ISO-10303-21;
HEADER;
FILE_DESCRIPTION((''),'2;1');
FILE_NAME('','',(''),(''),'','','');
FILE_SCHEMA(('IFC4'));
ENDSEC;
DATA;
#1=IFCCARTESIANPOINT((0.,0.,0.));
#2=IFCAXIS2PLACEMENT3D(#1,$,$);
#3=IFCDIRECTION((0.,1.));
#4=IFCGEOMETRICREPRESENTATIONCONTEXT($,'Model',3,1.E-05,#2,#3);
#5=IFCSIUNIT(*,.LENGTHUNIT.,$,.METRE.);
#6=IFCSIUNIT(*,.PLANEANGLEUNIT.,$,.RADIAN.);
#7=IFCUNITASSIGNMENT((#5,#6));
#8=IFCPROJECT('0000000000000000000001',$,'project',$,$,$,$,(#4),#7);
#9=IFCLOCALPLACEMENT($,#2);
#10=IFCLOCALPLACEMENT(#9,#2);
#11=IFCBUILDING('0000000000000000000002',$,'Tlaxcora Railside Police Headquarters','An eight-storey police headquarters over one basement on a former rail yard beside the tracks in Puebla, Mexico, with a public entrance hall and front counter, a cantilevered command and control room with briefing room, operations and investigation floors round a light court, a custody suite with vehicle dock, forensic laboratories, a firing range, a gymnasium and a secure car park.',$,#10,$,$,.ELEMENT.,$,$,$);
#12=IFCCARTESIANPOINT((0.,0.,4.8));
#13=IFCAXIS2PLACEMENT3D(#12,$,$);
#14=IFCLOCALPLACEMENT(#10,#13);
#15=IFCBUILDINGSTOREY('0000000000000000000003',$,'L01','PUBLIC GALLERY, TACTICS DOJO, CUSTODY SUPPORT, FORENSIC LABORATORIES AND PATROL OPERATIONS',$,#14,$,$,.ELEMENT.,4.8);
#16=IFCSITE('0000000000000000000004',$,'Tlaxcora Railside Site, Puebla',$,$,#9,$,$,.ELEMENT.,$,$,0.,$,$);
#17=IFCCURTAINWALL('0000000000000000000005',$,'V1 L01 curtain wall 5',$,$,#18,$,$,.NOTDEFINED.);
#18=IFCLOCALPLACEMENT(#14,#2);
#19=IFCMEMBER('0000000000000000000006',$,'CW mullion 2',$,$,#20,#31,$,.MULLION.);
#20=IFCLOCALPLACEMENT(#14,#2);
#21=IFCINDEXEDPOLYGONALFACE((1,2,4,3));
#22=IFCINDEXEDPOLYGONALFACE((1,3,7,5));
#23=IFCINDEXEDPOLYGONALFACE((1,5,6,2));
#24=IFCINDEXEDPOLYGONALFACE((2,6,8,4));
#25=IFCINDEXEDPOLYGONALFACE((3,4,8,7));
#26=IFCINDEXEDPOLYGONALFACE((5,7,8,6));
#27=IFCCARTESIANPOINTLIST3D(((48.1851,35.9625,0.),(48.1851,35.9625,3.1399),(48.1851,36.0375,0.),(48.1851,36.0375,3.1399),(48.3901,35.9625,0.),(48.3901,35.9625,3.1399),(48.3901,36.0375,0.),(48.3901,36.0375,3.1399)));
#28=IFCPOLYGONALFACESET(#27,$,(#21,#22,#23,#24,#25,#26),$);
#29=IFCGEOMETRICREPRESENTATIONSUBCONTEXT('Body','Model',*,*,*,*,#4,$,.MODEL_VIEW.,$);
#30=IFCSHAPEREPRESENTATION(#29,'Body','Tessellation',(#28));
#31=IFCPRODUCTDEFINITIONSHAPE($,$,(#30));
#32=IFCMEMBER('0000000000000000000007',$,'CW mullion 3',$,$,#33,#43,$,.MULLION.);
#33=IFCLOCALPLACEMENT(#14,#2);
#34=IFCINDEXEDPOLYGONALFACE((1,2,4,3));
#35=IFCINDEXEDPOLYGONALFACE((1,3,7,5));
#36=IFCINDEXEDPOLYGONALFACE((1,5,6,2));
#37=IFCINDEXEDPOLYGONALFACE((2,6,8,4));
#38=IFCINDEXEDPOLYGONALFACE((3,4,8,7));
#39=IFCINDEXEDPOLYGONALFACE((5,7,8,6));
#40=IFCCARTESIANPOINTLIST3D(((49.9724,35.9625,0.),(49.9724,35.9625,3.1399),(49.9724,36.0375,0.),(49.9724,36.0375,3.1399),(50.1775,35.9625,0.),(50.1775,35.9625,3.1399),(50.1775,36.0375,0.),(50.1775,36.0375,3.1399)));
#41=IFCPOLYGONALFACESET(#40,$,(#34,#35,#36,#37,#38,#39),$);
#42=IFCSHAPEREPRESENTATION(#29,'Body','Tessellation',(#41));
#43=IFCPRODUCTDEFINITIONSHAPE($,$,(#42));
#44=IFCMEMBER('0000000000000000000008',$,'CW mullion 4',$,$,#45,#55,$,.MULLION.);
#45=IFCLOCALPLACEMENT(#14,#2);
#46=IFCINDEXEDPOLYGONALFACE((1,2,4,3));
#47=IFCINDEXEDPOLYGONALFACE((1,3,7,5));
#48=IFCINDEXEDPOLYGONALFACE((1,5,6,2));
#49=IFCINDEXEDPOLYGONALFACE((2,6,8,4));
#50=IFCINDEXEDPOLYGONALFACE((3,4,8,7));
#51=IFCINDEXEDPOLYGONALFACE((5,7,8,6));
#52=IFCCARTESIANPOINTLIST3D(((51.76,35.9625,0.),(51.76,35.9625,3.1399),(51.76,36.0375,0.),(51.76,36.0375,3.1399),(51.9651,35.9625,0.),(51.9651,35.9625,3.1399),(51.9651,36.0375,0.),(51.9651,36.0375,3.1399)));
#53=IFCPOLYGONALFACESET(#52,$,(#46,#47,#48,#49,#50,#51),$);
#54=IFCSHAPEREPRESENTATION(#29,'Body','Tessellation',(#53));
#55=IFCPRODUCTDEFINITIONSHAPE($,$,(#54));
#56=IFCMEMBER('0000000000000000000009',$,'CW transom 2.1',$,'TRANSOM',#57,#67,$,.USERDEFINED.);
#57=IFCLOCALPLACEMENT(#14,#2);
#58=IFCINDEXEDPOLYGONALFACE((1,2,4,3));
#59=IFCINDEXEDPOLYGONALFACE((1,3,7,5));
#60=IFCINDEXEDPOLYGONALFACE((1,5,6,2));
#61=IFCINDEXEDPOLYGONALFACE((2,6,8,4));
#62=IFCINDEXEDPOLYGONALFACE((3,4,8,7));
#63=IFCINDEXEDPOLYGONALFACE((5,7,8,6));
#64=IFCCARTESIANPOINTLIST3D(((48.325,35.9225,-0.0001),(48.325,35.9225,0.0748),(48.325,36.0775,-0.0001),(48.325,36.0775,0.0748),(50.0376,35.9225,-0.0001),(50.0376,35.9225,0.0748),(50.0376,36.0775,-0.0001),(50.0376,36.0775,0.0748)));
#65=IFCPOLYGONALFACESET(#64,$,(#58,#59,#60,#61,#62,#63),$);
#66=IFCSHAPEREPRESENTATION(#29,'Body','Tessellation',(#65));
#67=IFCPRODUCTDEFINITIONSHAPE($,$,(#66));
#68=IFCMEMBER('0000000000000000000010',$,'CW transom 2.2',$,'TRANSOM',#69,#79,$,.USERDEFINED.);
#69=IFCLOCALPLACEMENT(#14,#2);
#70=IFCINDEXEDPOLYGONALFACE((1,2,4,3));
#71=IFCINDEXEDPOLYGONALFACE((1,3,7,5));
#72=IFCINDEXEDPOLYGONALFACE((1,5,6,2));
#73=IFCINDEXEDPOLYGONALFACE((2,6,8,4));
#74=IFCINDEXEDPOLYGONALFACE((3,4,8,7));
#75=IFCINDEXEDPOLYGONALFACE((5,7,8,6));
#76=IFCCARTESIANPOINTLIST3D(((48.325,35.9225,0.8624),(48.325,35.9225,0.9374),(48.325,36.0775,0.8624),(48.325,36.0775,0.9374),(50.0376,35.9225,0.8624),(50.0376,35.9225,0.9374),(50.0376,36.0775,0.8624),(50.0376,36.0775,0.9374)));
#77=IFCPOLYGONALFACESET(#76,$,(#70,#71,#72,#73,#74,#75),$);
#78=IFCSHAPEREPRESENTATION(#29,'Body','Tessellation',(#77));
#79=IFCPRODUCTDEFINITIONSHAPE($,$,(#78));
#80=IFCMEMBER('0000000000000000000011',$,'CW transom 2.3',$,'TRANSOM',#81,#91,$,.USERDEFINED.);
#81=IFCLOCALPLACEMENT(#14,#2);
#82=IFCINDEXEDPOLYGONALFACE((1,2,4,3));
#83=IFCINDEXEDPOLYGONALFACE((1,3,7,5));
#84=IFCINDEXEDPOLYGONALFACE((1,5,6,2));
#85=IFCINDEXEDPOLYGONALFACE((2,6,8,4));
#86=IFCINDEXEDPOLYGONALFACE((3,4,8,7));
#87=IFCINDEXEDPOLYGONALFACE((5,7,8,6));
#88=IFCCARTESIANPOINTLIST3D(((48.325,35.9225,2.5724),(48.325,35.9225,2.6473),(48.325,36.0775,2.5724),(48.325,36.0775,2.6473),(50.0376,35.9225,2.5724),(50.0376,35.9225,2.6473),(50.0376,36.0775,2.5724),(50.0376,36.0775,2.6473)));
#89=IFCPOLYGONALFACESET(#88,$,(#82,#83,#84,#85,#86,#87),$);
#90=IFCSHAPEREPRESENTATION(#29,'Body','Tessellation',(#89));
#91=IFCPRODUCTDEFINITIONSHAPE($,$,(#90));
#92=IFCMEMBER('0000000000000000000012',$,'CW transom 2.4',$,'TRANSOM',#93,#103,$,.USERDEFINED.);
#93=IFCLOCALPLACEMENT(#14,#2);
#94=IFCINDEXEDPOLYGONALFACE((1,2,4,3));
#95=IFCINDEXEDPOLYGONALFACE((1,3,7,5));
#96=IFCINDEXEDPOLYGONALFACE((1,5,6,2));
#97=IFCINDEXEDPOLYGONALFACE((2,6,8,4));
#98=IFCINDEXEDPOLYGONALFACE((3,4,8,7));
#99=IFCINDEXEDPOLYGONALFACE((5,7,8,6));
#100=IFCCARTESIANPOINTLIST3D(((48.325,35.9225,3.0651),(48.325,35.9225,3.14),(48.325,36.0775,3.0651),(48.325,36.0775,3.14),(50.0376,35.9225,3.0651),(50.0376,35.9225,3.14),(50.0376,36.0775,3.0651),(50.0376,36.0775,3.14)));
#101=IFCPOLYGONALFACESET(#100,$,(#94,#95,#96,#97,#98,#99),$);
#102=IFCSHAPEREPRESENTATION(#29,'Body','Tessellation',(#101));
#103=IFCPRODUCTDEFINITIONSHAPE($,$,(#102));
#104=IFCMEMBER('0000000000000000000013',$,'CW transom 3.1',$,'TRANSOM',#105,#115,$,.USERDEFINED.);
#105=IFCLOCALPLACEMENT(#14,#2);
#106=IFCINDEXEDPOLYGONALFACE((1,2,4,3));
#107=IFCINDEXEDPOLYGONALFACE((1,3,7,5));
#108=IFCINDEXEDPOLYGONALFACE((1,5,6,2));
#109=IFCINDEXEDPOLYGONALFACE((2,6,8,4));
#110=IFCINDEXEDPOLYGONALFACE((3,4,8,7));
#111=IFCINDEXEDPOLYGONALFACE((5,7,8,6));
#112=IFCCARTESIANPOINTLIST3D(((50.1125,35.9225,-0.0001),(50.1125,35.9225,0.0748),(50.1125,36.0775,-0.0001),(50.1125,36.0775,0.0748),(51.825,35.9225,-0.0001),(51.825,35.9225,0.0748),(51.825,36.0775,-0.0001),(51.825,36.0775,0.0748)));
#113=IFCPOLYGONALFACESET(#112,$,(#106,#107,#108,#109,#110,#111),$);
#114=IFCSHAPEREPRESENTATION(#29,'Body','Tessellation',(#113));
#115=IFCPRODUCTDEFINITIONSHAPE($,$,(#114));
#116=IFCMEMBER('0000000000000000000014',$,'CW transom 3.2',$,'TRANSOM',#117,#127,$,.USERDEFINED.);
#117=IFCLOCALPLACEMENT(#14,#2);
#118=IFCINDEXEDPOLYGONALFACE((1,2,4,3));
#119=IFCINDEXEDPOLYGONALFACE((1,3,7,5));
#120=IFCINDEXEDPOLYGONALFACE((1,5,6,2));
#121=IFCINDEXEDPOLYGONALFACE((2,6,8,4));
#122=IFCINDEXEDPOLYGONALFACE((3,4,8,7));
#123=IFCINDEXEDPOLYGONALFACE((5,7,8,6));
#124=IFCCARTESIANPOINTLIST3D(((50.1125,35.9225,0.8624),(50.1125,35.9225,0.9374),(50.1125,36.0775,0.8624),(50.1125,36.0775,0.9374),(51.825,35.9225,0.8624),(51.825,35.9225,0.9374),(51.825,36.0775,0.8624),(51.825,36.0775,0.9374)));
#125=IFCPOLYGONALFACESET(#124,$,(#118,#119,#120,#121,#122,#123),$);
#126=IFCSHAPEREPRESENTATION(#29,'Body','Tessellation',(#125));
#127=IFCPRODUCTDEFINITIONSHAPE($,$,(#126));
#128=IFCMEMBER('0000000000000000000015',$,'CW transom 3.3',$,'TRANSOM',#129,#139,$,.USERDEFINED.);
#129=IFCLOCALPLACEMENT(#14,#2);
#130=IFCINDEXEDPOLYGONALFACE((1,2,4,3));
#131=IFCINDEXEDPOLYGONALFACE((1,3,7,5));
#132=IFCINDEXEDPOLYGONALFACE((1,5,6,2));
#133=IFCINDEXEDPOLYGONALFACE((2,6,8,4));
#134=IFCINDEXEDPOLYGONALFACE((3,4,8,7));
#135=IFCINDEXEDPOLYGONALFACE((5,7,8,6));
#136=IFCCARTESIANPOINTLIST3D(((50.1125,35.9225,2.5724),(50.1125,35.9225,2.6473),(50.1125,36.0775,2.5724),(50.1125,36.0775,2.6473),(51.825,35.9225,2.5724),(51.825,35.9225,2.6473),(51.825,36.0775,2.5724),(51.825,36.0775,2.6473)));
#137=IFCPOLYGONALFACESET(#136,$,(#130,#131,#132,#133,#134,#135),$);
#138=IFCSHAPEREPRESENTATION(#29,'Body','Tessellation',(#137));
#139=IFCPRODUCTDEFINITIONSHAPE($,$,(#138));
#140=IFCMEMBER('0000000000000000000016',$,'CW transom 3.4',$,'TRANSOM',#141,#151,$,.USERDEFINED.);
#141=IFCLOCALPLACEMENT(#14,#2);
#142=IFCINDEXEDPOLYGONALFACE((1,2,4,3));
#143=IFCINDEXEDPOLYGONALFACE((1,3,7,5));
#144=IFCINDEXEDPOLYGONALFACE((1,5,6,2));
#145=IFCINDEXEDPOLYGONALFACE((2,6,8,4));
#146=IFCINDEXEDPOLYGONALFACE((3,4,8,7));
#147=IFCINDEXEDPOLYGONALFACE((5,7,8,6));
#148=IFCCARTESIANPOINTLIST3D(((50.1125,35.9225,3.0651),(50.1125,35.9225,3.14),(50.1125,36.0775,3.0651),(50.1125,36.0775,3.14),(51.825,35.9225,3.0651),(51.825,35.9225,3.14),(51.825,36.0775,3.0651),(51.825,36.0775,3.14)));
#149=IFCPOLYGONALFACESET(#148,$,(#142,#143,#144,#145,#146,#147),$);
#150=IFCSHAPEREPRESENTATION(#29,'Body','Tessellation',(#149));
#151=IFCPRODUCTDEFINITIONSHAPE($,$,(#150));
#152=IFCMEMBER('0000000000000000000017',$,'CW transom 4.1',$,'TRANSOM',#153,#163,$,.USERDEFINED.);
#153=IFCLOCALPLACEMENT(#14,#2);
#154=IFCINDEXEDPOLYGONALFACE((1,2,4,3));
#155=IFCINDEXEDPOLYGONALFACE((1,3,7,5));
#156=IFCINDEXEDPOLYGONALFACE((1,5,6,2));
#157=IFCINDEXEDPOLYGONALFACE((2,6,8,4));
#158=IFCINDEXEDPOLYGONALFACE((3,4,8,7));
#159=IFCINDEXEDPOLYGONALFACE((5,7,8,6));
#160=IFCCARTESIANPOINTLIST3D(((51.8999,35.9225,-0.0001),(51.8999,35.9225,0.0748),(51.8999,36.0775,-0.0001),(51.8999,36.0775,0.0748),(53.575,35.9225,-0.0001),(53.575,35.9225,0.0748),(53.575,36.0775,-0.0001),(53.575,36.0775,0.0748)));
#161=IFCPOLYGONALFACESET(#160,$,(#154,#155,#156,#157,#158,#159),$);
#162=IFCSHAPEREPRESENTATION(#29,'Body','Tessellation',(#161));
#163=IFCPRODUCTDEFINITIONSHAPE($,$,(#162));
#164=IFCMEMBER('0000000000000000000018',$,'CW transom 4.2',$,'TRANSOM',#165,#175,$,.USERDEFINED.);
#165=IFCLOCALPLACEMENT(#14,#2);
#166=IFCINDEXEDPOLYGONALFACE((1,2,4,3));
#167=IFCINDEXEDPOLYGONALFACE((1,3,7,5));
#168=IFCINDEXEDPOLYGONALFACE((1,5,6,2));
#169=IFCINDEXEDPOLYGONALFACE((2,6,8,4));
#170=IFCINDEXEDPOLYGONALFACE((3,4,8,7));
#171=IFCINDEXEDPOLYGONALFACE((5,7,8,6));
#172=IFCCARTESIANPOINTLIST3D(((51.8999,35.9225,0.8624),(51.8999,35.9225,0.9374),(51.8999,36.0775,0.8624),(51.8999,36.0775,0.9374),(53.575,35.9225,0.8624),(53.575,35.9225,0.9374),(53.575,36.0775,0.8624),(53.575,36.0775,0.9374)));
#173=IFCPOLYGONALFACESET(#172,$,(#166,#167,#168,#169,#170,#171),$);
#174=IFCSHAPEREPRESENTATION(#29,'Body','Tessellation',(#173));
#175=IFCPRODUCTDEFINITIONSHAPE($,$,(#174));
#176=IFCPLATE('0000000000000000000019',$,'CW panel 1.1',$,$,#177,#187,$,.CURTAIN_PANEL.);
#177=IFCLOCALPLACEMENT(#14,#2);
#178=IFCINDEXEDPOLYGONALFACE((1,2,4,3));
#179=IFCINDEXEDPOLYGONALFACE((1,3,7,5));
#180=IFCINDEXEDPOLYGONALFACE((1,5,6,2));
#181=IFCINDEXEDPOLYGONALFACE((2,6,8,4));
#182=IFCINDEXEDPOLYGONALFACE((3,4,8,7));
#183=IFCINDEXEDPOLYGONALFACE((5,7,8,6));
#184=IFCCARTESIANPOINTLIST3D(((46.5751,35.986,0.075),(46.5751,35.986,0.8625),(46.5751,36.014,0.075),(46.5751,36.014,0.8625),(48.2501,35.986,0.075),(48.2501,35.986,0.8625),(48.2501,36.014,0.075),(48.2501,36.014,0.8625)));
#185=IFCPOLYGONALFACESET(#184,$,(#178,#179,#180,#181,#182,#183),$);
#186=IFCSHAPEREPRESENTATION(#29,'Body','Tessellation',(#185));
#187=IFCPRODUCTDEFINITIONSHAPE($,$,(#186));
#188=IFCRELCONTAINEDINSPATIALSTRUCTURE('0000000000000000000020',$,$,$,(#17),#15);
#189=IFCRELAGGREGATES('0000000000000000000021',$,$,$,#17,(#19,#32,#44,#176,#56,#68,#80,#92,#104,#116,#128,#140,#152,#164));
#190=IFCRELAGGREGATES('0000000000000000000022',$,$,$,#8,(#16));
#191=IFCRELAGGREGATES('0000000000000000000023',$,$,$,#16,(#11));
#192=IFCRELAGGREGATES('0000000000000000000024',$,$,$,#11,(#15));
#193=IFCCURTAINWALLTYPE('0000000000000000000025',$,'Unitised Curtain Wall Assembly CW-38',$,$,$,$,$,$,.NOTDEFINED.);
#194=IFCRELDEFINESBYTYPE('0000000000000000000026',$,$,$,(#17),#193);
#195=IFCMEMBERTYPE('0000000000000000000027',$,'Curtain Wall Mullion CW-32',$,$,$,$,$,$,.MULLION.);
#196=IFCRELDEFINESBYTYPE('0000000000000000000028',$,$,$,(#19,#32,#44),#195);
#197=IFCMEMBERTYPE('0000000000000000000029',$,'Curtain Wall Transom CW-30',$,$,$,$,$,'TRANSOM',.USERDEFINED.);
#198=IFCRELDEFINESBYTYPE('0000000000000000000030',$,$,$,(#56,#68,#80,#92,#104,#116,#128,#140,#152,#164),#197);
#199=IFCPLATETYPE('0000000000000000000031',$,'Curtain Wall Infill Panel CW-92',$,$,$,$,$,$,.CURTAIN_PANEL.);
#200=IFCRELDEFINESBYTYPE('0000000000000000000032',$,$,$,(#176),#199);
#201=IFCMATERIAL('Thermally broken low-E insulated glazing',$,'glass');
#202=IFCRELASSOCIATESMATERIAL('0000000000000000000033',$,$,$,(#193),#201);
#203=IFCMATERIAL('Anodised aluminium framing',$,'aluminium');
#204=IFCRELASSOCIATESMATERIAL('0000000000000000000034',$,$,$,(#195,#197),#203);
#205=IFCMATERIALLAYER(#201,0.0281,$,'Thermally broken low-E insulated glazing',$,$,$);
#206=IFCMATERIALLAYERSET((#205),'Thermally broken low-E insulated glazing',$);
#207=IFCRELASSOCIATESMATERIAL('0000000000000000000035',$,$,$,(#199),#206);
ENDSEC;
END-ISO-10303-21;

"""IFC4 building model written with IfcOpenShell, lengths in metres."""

from ifc_helpers import new_model, si_unit, direction, frame, origin, origin_2d, place, context, subcontext, project, spatial, rectangle, extrude, material, layer, layer_set, material_profile, profile_set, type_object, element, aggregate, save


model = new_model("IFC4")

# Units and contexts
model_context = context("Model", 3, precision=1e-05, world=origin(), true_north=direction((0.0, 1.0)))
body_context = subcontext(model_context, "Body", "Model", "MODEL_VIEW")
ifc_project = project(units=[si_unit("LENGTHUNIT", "METRE"), si_unit("PLANEANGLEUNIT", "RADIAN")], contexts=[model_context])

# Site, building, storey
site_placement = place(None, origin())
site = spatial("IfcSite", under=ifc_project, at=site_placement, Name="Tlaxcora Railside Site, Puebla", CompositionType="ELEMENT", RefElevation=0.0)
building_placement = place(site_placement, origin())
building = spatial("IfcBuilding", under=site, at=building_placement, Name="Tlaxcora Railside Police Headquarters", Description="An eight-storey police headquarters over one basement on a former rail yard beside the tracks in Puebla, Mexico, with a public entrance hall and front counter, a cantilevered command and control room with briefing room, operations and investigation floors round a light court, a custody suite with vehicle dock, forensic laboratories, a firing range, a gymnasium and a secure car park.", CompositionType="ELEMENT")
storey_placement = place(building_placement, frame((0.0, 0.0, 4.8)))
storey = spatial("IfcBuildingStorey", under=building, at=storey_placement, Name="L01", Description="PUBLIC GALLERY, TACTICS DOJO, CUSTODY SUPPORT, FORENSIC LABORATORIES AND PATROL OPERATIONS", CompositionType="ELEMENT", Elevation=4.8)

# Curtain wall, members, plate
ifc_material_1 = material(Name="Thermally broken low-E insulated glazing", Category="glass")
curtain_wall_type = type_object("IfcCurtainWallType", Name="Unitised Curtain Wall Assembly CW-38", PredefinedType="NOTDEFINED", material=ifc_material_1)
curtain_wall_placement = place(storey_placement, origin())
curtain_wall = element("IfcCurtainWall", 1, at=curtain_wall_placement, inside=storey, type_object=curtain_wall_type, Name="V1 L01 curtain wall 5", PredefinedType="NOTDEFINED")
ifc_material_2 = material(Name="Anodised aluminium framing", Category="aluminium")
ifc_material_profile_1 = material_profile(ifc_material_2, rectangle(XDim=0.075, YDim=0.2051, at=origin_2d()), Name="AL75X205")
ifc_profile_set_1 = profile_set([ifc_material_profile_1], Name="Anodised aluminium framing")
member_type_1 = type_object("IfcMemberType", Name="Curtain Wall Mullion CW-32", PredefinedType="MULLION", material=ifc_profile_set_1)
member_1_placement = place(storey_placement, frame((48.2876, 36.0, 0.0), z_axis=(0.0, 0.0, 1.0), x_axis=(0.0, 1.0, 0.0)))
member_1 = element("IfcMember", 2, at=member_1_placement, type_object=member_type_1, Name="CW mullion 2", PredefinedType="MULLION", context=body_context, shape_type="SweptSolid", body=[
    extrude(rectangle(XDim=0.075, YDim=0.2051, at=origin_2d()), origin(), (0.0, 0.0, 1.0), 3.1399),
])
member_2_placement = place(storey_placement, frame((50.075, 36.0, 0.0), z_axis=(0.0, 0.0, 1.0), x_axis=(0.0, 1.0, 0.0)))
member_2 = element("IfcMember", 3, at=member_2_placement, type_object=member_type_1, Name="CW mullion 3", PredefinedType="MULLION", context=body_context, shape_type="SweptSolid", body=[
    extrude(rectangle(XDim=0.075, YDim=0.2051, at=origin_2d()), origin(), (0.0, 0.0, 1.0), 3.1399),
])
member_3_placement = place(storey_placement, frame((51.8625, 36.0, 0.0), z_axis=(0.0, 0.0, 1.0), x_axis=(0.0, 1.0, 0.0)))
member_3 = element("IfcMember", 4, at=member_3_placement, type_object=member_type_1, Name="CW mullion 4", PredefinedType="MULLION", context=body_context, shape_type="SweptSolid", body=[
    extrude(rectangle(XDim=0.075, YDim=0.2051, at=origin_2d()), origin(), (0.0, 0.0, 1.0), 3.1399),
])
ifc_material_profile_2 = material_profile(ifc_material_2, rectangle(XDim=0.155, YDim=0.075, at=origin_2d()), Name="AL75X155")
ifc_profile_set_2 = profile_set([ifc_material_profile_2], Name="Anodised aluminium framing")
member_type_2 = type_object("IfcMemberType", Name="Curtain Wall Transom CW-30", ElementType="TRANSOM", PredefinedType="USERDEFINED", material=ifc_profile_set_2)
member_4_placement = place(storey_placement, frame((48.325, 36.0, 0.0374), z_axis=(1.0, 0.0, 0.0), x_axis=(0.0, 1.0, 0.0)))
member_4 = element("IfcMember", 5, at=member_4_placement, type_object=member_type_2, Name="CW transom 2.1", ObjectType="TRANSOM", PredefinedType="USERDEFINED", context=body_context, shape_type="SweptSolid", body=[
    extrude(rectangle(XDim=0.155, YDim=0.075, at=origin_2d()), origin(), (0.0, 0.0, 1.0), 1.7126),
])
member_5_placement = place(storey_placement, frame((48.325, 36.0, 0.8999), z_axis=(1.0, 0.0, 0.0), x_axis=(0.0, 1.0, 0.0)))
member_5 = element("IfcMember", 6, at=member_5_placement, type_object=member_type_2, Name="CW transom 2.2", ObjectType="TRANSOM", PredefinedType="USERDEFINED", context=body_context, shape_type="SweptSolid", body=[
    extrude(rectangle(XDim=0.155, YDim=0.075, at=origin_2d()), origin(), (0.0, 0.0, 1.0), 1.7126),
])
member_6_placement = place(storey_placement, frame((48.325, 36.0, 2.6099), z_axis=(1.0, 0.0, 0.0), x_axis=(0.0, 1.0, 0.0)))
member_6 = element("IfcMember", 7, at=member_6_placement, type_object=member_type_2, Name="CW transom 2.3", ObjectType="TRANSOM", PredefinedType="USERDEFINED", context=body_context, shape_type="SweptSolid", body=[
    extrude(rectangle(XDim=0.155, YDim=0.075, at=origin_2d()), origin(), (0.0, 0.0, 1.0), 1.7126),
])
member_7_placement = place(storey_placement, frame((48.325, 36.0, 3.1025), z_axis=(1.0, 0.0, 0.0), x_axis=(0.0, 1.0, 0.0)))
member_7 = element("IfcMember", 8, at=member_7_placement, type_object=member_type_2, Name="CW transom 2.4", ObjectType="TRANSOM", PredefinedType="USERDEFINED", context=body_context, shape_type="SweptSolid", body=[
    extrude(rectangle(XDim=0.155, YDim=0.075, at=origin_2d()), origin(), (0.0, 0.0, 1.0), 1.7126),
])
member_8_placement = place(storey_placement, frame((50.1125, 36.0, 0.0374), z_axis=(1.0, 0.0, 0.0), x_axis=(0.0, 1.0, 0.0)))
member_8 = element("IfcMember", 9, at=member_8_placement, type_object=member_type_2, Name="CW transom 3.1", ObjectType="TRANSOM", PredefinedType="USERDEFINED", context=body_context, shape_type="SweptSolid", body=[
    extrude(rectangle(XDim=0.155, YDim=0.075, at=origin_2d()), origin(), (0.0, 0.0, 1.0), 1.7124),
])
member_9_placement = place(storey_placement, frame((50.1125, 36.0, 0.8999), z_axis=(1.0, 0.0, 0.0), x_axis=(0.0, 1.0, 0.0)))
member_9 = element("IfcMember", 10, at=member_9_placement, type_object=member_type_2, Name="CW transom 3.2", ObjectType="TRANSOM", PredefinedType="USERDEFINED", context=body_context, shape_type="SweptSolid", body=[
    extrude(rectangle(XDim=0.155, YDim=0.075, at=origin_2d()), origin(), (0.0, 0.0, 1.0), 1.7124),
])
member_10_placement = place(storey_placement, frame((50.1125, 36.0, 2.6099), z_axis=(1.0, 0.0, 0.0), x_axis=(0.0, 1.0, 0.0)))
member_10 = element("IfcMember", 11, at=member_10_placement, type_object=member_type_2, Name="CW transom 3.3", ObjectType="TRANSOM", PredefinedType="USERDEFINED", context=body_context, shape_type="SweptSolid", body=[
    extrude(rectangle(XDim=0.155, YDim=0.075, at=origin_2d()), origin(), (0.0, 0.0, 1.0), 1.7124),
])
member_11_placement = place(storey_placement, frame((50.1125, 36.0, 3.1025), z_axis=(1.0, 0.0, 0.0), x_axis=(0.0, 1.0, 0.0)))
member_11 = element("IfcMember", 12, at=member_11_placement, type_object=member_type_2, Name="CW transom 3.4", ObjectType="TRANSOM", PredefinedType="USERDEFINED", context=body_context, shape_type="SweptSolid", body=[
    extrude(rectangle(XDim=0.155, YDim=0.075, at=origin_2d()), origin(), (0.0, 0.0, 1.0), 1.7124),
])
member_12_placement = place(storey_placement, frame((51.8999, 36.0, 0.0374), z_axis=(1.0, 0.0, 0.0), x_axis=(0.0, 1.0, 0.0)))
member_12 = element("IfcMember", 13, at=member_12_placement, type_object=member_type_2, Name="CW transom 4.1", ObjectType="TRANSOM", PredefinedType="USERDEFINED", context=body_context, shape_type="SweptSolid", body=[
    extrude(rectangle(XDim=0.155, YDim=0.075, at=origin_2d()), origin(), (0.0, 0.0, 1.0), 1.675),
])
member_13_placement = place(storey_placement, frame((51.8999, 36.0, 0.8999), z_axis=(1.0, 0.0, 0.0), x_axis=(0.0, 1.0, 0.0)))
member_13 = element("IfcMember", 14, at=member_13_placement, type_object=member_type_2, Name="CW transom 4.2", ObjectType="TRANSOM", PredefinedType="USERDEFINED", context=body_context, shape_type="SweptSolid", body=[
    extrude(rectangle(XDim=0.155, YDim=0.075, at=origin_2d()), origin(), (0.0, 0.0, 1.0), 1.675),
])
ifc_layer = layer(ifc_material_1, 0.0281, Name="Thermally broken low-E insulated glazing")
ifc_layer_set = layer_set([ifc_layer], Name="Thermally broken low-E insulated glazing")
plate_type = type_object("IfcPlateType", Name="Curtain Wall Infill Panel CW-92", PredefinedType="CURTAIN_PANEL", material=ifc_layer_set)
plate_1_placement = place(storey_placement, frame((47.4126, 36.0, 0.075), z_axis=(0.0, 0.0, 1.0), x_axis=(1.0, 0.0, 0.0)))
plate_1 = element("IfcPlate", 15, at=plate_1_placement, type_object=plate_type, Name="CW panel 1.1", PredefinedType="CURTAIN_PANEL", context=body_context, shape_type="SweptSolid", body=[
    extrude(rectangle(XDim=1.675, YDim=0.0281, at=origin_2d()), origin(), (0.0, 0.0, 1.0), 0.7876),
])
aggregate(curtain_wall, [member_1, member_2, member_3, plate_1, member_4, member_5, member_6, member_7, member_8, member_9, member_10, member_11, member_12, member_13])

save(model, "model.ifc")
